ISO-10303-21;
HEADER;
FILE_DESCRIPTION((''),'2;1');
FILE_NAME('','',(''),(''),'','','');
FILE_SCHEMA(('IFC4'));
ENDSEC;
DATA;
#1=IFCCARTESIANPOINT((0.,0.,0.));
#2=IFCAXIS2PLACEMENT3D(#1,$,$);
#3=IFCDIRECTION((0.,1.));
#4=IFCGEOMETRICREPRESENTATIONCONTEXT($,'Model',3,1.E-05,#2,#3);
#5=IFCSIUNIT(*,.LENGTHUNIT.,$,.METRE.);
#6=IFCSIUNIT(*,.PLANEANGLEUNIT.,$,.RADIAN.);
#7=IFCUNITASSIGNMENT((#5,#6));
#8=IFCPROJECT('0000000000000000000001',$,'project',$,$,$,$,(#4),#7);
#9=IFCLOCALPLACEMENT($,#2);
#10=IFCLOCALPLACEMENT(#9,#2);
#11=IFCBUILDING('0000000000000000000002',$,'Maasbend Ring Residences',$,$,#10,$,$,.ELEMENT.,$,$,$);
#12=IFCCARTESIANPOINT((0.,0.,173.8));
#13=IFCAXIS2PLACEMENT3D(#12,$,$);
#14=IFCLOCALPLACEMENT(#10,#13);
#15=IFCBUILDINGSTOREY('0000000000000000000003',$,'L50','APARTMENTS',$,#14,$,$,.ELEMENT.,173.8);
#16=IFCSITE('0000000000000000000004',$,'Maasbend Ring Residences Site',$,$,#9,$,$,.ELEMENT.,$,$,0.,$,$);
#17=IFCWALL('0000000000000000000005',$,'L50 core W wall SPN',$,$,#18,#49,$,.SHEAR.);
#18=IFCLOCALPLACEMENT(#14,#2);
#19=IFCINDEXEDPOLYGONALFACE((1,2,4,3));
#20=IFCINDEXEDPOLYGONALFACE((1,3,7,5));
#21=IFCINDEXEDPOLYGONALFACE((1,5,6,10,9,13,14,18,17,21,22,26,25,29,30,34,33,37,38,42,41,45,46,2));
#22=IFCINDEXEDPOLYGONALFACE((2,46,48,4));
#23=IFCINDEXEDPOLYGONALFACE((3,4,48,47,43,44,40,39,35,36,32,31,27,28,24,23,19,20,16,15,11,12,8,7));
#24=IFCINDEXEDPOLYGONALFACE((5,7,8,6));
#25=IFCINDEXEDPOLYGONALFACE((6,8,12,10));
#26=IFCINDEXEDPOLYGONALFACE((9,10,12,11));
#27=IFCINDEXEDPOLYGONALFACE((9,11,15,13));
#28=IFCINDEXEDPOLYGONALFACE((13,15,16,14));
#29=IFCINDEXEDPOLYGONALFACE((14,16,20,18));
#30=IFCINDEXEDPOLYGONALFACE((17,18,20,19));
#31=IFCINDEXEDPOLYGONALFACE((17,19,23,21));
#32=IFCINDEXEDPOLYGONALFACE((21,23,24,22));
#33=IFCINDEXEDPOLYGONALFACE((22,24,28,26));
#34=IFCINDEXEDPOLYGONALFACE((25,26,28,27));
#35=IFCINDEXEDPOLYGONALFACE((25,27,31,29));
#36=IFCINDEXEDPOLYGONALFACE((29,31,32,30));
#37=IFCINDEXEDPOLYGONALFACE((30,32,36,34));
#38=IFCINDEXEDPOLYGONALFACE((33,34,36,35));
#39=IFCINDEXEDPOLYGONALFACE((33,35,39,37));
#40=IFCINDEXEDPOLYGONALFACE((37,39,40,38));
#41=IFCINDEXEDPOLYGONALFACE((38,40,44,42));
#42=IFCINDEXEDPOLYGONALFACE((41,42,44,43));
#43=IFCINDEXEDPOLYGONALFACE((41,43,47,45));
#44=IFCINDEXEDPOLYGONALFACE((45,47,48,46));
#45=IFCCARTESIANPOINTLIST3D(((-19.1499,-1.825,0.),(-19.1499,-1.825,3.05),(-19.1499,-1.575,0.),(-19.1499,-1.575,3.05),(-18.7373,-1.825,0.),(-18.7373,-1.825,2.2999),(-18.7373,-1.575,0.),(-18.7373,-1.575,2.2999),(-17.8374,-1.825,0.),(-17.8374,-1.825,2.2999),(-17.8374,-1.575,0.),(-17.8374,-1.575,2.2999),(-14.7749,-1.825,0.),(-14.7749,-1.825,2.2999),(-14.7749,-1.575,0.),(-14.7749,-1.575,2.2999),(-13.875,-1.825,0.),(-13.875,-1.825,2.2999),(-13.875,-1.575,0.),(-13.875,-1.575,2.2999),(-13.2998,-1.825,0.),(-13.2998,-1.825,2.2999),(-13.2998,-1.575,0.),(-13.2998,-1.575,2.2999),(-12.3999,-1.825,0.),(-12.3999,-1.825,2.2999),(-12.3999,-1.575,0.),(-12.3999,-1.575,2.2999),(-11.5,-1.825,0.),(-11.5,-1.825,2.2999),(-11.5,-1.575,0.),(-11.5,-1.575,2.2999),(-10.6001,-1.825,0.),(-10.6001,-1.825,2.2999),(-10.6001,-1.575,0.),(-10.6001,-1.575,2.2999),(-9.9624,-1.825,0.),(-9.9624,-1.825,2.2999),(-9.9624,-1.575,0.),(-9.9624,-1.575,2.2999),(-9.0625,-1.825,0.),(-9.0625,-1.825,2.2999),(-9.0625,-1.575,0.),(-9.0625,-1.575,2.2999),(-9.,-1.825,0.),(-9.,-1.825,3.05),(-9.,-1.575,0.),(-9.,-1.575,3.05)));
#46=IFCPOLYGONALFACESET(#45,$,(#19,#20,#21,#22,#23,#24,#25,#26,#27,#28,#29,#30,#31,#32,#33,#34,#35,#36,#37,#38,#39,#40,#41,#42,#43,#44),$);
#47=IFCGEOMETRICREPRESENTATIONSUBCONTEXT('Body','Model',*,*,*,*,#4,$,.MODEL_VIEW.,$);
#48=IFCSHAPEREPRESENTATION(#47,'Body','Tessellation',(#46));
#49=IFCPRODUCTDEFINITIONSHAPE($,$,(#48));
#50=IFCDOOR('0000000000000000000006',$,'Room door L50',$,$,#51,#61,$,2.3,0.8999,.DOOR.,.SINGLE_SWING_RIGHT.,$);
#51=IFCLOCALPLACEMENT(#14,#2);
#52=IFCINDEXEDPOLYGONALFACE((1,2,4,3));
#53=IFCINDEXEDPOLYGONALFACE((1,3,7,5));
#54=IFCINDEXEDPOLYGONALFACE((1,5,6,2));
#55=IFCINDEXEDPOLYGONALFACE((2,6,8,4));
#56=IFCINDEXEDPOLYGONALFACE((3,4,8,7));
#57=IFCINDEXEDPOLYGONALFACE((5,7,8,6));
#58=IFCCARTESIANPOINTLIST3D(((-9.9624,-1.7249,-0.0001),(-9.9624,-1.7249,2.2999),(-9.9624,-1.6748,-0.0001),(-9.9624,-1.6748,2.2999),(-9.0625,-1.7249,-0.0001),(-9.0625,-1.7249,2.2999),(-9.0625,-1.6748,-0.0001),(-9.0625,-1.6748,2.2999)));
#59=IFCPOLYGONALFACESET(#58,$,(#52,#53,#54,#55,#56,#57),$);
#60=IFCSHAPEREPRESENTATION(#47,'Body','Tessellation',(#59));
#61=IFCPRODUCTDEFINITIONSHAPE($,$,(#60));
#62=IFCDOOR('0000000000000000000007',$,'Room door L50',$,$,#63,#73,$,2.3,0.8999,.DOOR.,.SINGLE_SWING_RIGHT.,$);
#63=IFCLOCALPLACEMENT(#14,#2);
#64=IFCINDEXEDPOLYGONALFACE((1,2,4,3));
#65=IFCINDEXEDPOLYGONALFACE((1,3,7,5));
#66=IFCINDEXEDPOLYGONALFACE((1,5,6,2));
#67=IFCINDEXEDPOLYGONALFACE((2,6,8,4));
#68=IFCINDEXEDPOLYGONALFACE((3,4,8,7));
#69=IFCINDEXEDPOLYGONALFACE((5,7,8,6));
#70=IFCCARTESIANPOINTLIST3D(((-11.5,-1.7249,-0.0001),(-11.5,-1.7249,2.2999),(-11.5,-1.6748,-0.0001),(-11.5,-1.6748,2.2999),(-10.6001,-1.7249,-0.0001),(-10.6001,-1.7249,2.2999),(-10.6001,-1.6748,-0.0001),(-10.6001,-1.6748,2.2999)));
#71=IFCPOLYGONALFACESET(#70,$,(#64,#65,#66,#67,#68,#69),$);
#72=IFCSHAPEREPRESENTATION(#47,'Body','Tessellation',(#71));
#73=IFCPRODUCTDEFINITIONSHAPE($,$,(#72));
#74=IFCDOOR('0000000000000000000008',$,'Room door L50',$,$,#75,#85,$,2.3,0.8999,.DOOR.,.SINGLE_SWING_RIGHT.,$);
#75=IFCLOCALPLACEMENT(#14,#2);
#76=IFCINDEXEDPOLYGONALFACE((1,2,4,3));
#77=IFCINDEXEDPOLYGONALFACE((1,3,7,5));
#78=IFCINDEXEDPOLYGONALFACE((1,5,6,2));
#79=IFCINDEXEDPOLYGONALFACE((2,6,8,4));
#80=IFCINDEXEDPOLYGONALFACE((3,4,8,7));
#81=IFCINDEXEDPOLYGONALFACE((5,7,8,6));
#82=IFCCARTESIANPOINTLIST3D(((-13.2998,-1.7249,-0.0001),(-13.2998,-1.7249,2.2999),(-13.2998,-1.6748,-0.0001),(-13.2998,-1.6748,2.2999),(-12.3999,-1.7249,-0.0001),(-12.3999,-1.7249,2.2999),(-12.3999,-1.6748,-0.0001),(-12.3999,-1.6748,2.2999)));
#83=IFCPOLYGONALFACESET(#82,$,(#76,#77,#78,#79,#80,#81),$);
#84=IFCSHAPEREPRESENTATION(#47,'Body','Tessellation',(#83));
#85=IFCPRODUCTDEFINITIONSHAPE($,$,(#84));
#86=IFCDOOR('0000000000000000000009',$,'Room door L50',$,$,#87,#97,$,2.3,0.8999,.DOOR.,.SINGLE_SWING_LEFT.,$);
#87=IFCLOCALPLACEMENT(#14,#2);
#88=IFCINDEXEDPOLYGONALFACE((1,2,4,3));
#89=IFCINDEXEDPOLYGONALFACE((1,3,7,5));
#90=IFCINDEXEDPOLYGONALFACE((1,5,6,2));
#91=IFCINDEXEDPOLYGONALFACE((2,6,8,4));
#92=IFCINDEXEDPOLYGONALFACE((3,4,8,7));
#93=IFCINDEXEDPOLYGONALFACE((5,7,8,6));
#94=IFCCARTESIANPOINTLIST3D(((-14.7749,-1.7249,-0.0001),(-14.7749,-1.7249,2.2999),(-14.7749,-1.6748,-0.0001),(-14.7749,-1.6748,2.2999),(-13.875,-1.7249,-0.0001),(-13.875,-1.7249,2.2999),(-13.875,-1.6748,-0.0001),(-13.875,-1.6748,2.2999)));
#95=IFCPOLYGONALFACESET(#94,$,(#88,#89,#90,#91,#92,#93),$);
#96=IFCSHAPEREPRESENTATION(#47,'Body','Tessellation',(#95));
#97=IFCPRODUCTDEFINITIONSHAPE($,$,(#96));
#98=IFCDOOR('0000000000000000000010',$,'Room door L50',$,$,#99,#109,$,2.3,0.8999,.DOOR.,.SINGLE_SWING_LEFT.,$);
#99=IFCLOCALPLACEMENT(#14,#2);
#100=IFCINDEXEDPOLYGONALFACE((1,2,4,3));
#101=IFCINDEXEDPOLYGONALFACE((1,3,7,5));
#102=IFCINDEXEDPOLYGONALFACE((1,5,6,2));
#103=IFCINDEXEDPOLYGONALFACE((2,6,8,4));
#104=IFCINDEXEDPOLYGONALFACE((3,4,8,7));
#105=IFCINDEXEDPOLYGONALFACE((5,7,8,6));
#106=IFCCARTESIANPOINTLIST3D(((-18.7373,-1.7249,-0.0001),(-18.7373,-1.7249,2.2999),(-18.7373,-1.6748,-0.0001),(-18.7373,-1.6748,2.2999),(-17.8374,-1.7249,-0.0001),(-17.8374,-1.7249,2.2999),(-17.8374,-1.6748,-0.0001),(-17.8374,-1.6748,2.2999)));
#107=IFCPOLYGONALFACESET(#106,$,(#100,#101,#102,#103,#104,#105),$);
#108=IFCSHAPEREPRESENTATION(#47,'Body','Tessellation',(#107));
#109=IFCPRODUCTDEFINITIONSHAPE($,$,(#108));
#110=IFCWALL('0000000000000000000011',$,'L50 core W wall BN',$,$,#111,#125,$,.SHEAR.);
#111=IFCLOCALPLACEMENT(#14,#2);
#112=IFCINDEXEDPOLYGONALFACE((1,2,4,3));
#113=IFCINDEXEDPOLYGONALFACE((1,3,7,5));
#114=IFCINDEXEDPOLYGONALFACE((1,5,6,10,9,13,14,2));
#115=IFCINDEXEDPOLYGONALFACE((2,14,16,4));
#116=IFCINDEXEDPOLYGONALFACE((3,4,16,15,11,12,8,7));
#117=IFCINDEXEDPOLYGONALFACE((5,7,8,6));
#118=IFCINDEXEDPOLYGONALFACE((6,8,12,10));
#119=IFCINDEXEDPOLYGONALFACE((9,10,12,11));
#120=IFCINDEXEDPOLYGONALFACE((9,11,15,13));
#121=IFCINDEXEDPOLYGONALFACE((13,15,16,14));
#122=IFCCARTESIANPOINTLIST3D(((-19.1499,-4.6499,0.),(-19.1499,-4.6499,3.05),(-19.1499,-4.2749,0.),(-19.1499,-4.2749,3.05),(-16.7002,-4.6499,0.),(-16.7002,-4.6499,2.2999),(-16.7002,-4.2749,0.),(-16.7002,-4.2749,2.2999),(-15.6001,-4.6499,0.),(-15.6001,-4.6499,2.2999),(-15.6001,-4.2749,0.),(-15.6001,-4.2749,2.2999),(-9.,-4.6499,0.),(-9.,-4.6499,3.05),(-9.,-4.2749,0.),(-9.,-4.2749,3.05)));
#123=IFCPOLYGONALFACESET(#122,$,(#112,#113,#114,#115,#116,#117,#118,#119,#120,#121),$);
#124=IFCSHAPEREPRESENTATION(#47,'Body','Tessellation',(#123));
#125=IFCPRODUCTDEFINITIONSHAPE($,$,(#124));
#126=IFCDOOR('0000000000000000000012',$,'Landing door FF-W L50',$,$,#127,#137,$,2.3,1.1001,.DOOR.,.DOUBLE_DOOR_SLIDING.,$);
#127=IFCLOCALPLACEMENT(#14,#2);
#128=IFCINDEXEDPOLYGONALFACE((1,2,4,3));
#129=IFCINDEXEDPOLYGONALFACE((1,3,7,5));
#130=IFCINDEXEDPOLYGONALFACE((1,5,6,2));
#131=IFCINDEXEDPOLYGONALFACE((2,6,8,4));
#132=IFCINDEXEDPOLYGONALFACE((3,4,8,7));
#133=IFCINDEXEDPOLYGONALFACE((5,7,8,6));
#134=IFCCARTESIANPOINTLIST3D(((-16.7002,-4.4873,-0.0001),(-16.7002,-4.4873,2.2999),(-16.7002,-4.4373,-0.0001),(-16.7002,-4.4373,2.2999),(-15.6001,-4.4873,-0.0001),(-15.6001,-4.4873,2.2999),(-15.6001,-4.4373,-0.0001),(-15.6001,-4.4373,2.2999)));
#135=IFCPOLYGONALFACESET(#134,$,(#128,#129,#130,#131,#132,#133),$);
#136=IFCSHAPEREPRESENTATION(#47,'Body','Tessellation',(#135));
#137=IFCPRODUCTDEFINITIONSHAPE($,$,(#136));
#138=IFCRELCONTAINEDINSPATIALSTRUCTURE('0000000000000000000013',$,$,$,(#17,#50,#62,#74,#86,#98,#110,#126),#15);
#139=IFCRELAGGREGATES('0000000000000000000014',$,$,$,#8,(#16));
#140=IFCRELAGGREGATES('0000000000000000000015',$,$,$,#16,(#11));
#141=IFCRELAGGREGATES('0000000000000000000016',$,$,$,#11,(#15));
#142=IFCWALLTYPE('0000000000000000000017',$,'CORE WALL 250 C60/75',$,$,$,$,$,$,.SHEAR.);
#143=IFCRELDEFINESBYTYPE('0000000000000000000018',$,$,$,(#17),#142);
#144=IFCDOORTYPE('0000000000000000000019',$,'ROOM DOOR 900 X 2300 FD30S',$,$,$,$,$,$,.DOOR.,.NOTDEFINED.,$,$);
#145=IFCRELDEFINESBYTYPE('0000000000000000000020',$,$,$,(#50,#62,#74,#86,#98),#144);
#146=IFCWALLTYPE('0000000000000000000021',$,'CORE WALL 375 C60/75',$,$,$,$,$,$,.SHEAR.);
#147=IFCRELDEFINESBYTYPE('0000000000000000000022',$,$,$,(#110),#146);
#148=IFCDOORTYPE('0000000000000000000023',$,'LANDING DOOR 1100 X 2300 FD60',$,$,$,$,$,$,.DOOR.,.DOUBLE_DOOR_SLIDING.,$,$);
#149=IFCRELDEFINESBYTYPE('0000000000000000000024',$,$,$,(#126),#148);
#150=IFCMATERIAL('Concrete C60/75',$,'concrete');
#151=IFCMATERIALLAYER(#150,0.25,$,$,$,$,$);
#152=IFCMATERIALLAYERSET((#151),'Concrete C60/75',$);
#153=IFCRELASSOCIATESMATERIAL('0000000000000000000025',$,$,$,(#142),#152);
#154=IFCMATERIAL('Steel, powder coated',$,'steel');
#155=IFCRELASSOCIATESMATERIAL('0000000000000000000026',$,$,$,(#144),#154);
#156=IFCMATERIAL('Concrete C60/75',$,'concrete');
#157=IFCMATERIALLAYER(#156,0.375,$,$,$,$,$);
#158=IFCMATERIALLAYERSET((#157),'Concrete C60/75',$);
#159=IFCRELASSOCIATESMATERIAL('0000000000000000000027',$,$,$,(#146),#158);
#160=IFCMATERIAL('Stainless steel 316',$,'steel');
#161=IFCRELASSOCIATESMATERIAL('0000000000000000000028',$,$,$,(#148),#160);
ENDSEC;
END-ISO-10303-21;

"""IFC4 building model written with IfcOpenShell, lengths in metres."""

from ifc_helpers import new_model, si_unit, direction, frame, frame_2d, origin, place, context, subcontext, project, spatial, rectangle, extrude, material, layer, layer_set, type_object, element, fill, save


model = new_model("IFC4")

# Units and contexts
model_context = context("Model", 3, precision=1e-05, world=origin(), true_north=direction((0.0, 1.0)))
body_context = subcontext(model_context, "Body", "Model", "MODEL_VIEW")
ifc_project = project(units=[si_unit("LENGTHUNIT", "METRE"), si_unit("PLANEANGLEUNIT", "RADIAN")], contexts=[model_context])

# Site, building, storey
site_placement = place(None, origin())
site = spatial("IfcSite", under=ifc_project, at=site_placement, Name="Maasbend Ring Residences Site", CompositionType="ELEMENT", RefElevation=0.0)
building_placement = place(site_placement, origin())
building = spatial("IfcBuilding", under=site, at=building_placement, Name="Maasbend Ring Residences", CompositionType="ELEMENT")
storey_placement = place(building_placement, frame((0.0, 0.0, 173.8)))
storey = spatial("IfcBuildingStorey", under=building, at=storey_placement, Name="L50", Description="APARTMENTS", CompositionType="ELEMENT", Elevation=173.8)

# Wall, openings, doors
ifc_material_1 = material(Name="Concrete C60/75", Category="concrete")
ifc_layer_1 = layer(ifc_material_1, 0.25)
ifc_layer_set_1 = layer_set([ifc_layer_1], Name="Concrete C60/75")
wall_type_1 = type_object("IfcWallType", Name="CORE WALL 250 C60/75", PredefinedType="SHEAR", material=ifc_layer_set_1)
wall_1_placement = place(storey_placement, frame((-9.0, -1.7, 0.0), z_axis=(0.0, 0.0, 1.0), x_axis=(-1.0, 0.0, 0.0)))
wall_1 = element("IfcWall", 1, at=wall_1_placement, inside=storey, type_object=wall_type_1, Name="L50 core W wall SPN", PredefinedType="SHEAR", context=body_context, shape_type="SweptSolid", body=[
    extrude(rectangle(XDim=10.1499, YDim=0.25, at=frame_2d((5.075, 0.0))), origin(), (0.0, 0.0, 1.0), 3.05),
])
opening_1_placement = place(wall_1_placement, frame((0.0625, 0.0, 0.0)))
opening_1 = element("IfcOpeningElement", 2, at=opening_1_placement, cuts=wall_1, PredefinedType="OPENING", context=body_context, shape_type="SweptSolid", body=[
    extrude(rectangle(XDim=0.8999, YDim=2.3, at=frame_2d((0.45, 1.1499))), frame((0.0, 0.135, 0.0), z_axis=(0.0, -1.0, 0.0), x_axis=(1.0, 0.0, 0.0)), (0.0, 0.0, 1.0), 0.27),
])
opening_2_placement = place(wall_1_placement, frame((1.6001, 0.0, 0.0)))
opening_2 = element("IfcOpeningElement", 3, at=opening_2_placement, cuts=wall_1, PredefinedType="OPENING", context=body_context, shape_type="SweptSolid", body=[
    extrude(rectangle(XDim=0.8999, YDim=2.3, at=frame_2d((0.45, 1.1499))), frame((0.0, 0.135, 0.0), z_axis=(0.0, -1.0, 0.0), x_axis=(1.0, 0.0, 0.0)), (0.0, 0.0, 1.0), 0.27),
])
opening_3_placement = place(wall_1_placement, frame((3.3999, 0.0, 0.0)))
opening_3 = element("IfcOpeningElement", 4, at=opening_3_placement, cuts=wall_1, PredefinedType="OPENING", context=body_context, shape_type="SweptSolid", body=[
    extrude(rectangle(XDim=0.8999, YDim=2.3, at=frame_2d((0.45, 1.1499))), frame((0.0, 0.135, 0.0), z_axis=(0.0, -1.0, 0.0), x_axis=(1.0, 0.0, 0.0)), (0.0, 0.0, 1.0), 0.27),
])
opening_4_placement = place(wall_1_placement, frame((4.875, 0.0, 0.0)))
opening_4 = element("IfcOpeningElement", 5, at=opening_4_placement, cuts=wall_1, PredefinedType="OPENING", context=body_context, shape_type="SweptSolid", body=[
    extrude(rectangle(XDim=0.8999, YDim=2.3, at=frame_2d((0.45, 1.1499))), frame((0.0, 0.135, 0.0), z_axis=(0.0, -1.0, 0.0), x_axis=(1.0, 0.0, 0.0)), (0.0, 0.0, 1.0), 0.27),
])
opening_5_placement = place(wall_1_placement, frame((8.8374, 0.0, 0.0)))
opening_5 = element("IfcOpeningElement", 6, at=opening_5_placement, cuts=wall_1, PredefinedType="OPENING", context=body_context, shape_type="SweptSolid", body=[
    extrude(rectangle(XDim=0.8999, YDim=2.3, at=frame_2d((0.45, 1.1499))), frame((0.0, 0.135, 0.0), z_axis=(0.0, -1.0, 0.0), x_axis=(1.0, 0.0, 0.0)), (0.0, 0.0, 1.0), 0.27),
])
ifc_material_2 = material(Name="Steel, powder coated", Category="steel")
door_type_1 = type_object("IfcDoorType", Name="ROOM DOOR 900 X 2300 FD30S", OperationType="NOTDEFINED", PredefinedType="DOOR", material=ifc_material_2)
door_1_placement = place(opening_1_placement, origin())
door_1 = element("IfcDoor", 7, at=door_1_placement, inside=storey, type_object=door_type_1, Name="Room door L50", OperationType="SINGLE_SWING_RIGHT", OverallHeight=2.3, OverallWidth=0.8999, PredefinedType="DOOR", context=body_context, shape_type="SweptSolid", body=[
    extrude(rectangle(XDim=0.8999, YDim=2.3, at=frame_2d((0.45, 1.1499))), frame((0.0, 0.0249, 0.0), z_axis=(0.0, -1.0, 0.0), x_axis=(1.0, 0.0, 0.0)), (0.0, 0.0, 1.0), 0.05),
])
fill(opening_1, door_1)
door_2_placement = place(opening_2_placement, origin())
door_2 = element("IfcDoor", 8, at=door_2_placement, inside=storey, type_object=door_type_1, Name="Room door L50", OperationType="SINGLE_SWING_RIGHT", OverallHeight=2.3, OverallWidth=0.8999, PredefinedType="DOOR", context=body_context, shape_type="SweptSolid", body=[
    extrude(rectangle(XDim=0.8999, YDim=2.3, at=frame_2d((0.45, 1.1499))), frame((0.0, 0.0249, 0.0), z_axis=(0.0, -1.0, 0.0), x_axis=(1.0, 0.0, 0.0)), (0.0, 0.0, 1.0), 0.05),
])
fill(opening_2, door_2)
door_3_placement = place(opening_3_placement, origin())
door_3 = element("IfcDoor", 9, at=door_3_placement, inside=storey, type_object=door_type_1, Name="Room door L50", OperationType="SINGLE_SWING_RIGHT", OverallHeight=2.3, OverallWidth=0.8999, PredefinedType="DOOR", context=body_context, shape_type="SweptSolid", body=[
    extrude(rectangle(XDim=0.8999, YDim=2.3, at=frame_2d((0.45, 1.1499))), frame((0.0, 0.0249, 0.0), z_axis=(0.0, -1.0, 0.0), x_axis=(1.0, 0.0, 0.0)), (0.0, 0.0, 1.0), 0.05),
])
fill(opening_3, door_3)
door_4_placement = place(opening_4_placement, origin())
door_4 = element("IfcDoor", 10, at=door_4_placement, inside=storey, type_object=door_type_1, Name="Room door L50", OperationType="SINGLE_SWING_LEFT", OverallHeight=2.3, OverallWidth=0.8999, PredefinedType="DOOR", context=body_context, shape_type="SweptSolid", body=[
    extrude(rectangle(XDim=0.8999, YDim=2.3, at=frame_2d((0.45, 1.1499))), frame((0.0, 0.0249, 0.0), z_axis=(0.0, -1.0, 0.0), x_axis=(1.0, 0.0, 0.0)), (0.0, 0.0, 1.0), 0.05),
])
fill(opening_4, door_4)
door_5_placement = place(opening_5_placement, origin())
door_5 = element("IfcDoor", 11, at=door_5_placement, inside=storey, type_object=door_type_1, Name="Room door L50", OperationType="SINGLE_SWING_LEFT", OverallHeight=2.3, OverallWidth=0.8999, PredefinedType="DOOR", context=body_context, shape_type="SweptSolid", body=[
    extrude(rectangle(XDim=0.8999, YDim=2.3, at=frame_2d((0.45, 1.1499))), frame((0.0, 0.0249, 0.0), z_axis=(0.0, -1.0, 0.0), x_axis=(1.0, 0.0, 0.0)), (0.0, 0.0, 1.0), 0.05),
])
fill(opening_5, door_5)

# Wall, opening, door
ifc_material_3 = material(Name="Concrete C60/75", Category="concrete")
ifc_layer_2 = layer(ifc_material_3, 0.375)
ifc_layer_set_2 = layer_set([ifc_layer_2], Name="Concrete C60/75")
wall_type_2 = type_object("IfcWallType", Name="CORE WALL 375 C60/75", PredefinedType="SHEAR", material=ifc_layer_set_2)
wall_2_placement = place(storey_placement, frame((-9.0, -4.4624, 0.0), z_axis=(0.0, 0.0, 1.0), x_axis=(-1.0, 0.0, 0.0)))
wall_2 = element("IfcWall", 12, at=wall_2_placement, inside=storey, type_object=wall_type_2, Name="L50 core W wall BN", PredefinedType="SHEAR", context=body_context, shape_type="SweptSolid", body=[
    extrude(rectangle(XDim=10.1499, YDim=0.375, at=frame_2d((5.075, 0.0))), origin(), (0.0, 0.0, 1.0), 3.05),
])
opening_6_placement = place(wall_2_placement, frame((6.6001, 0.0, 0.0)))
opening_6 = element("IfcOpeningElement", 13, at=opening_6_placement, cuts=wall_2, PredefinedType="OPENING", context=body_context, shape_type="SweptSolid", body=[
    extrude(rectangle(XDim=1.1001, YDim=2.3, at=frame_2d((0.55, 1.1499))), frame((0.0, 0.1975, 0.0), z_axis=(0.0, -1.0, 0.0), x_axis=(1.0, 0.0, 0.0)), (0.0, 0.0, 1.0), 0.395),
])
ifc_material_4 = material(Name="Stainless steel 316", Category="steel")
door_type_2 = type_object("IfcDoorType", Name="LANDING DOOR 1100 X 2300 FD60", OperationType="DOUBLE_DOOR_SLIDING", PredefinedType="DOOR", material=ifc_material_4)
door_6_placement = place(opening_6_placement, origin())
door_6 = element("IfcDoor", 14, at=door_6_placement, inside=storey, type_object=door_type_2, Name="Landing door FF-W L50", OperationType="DOUBLE_DOOR_SLIDING", OverallHeight=2.3, OverallWidth=1.1001, PredefinedType="DOOR", context=body_context, shape_type="SweptSolid", body=[
    extrude(rectangle(XDim=1.1001, YDim=2.3, at=frame_2d((0.55, 1.1499))), frame((0.0, 0.0249, 0.0), z_axis=(0.0, -1.0, 0.0), x_axis=(1.0, 0.0, 0.0)), (0.0, 0.0, 1.0), 0.05),
])
fill(opening_6, door_6)

save(model, "model.ifc")
